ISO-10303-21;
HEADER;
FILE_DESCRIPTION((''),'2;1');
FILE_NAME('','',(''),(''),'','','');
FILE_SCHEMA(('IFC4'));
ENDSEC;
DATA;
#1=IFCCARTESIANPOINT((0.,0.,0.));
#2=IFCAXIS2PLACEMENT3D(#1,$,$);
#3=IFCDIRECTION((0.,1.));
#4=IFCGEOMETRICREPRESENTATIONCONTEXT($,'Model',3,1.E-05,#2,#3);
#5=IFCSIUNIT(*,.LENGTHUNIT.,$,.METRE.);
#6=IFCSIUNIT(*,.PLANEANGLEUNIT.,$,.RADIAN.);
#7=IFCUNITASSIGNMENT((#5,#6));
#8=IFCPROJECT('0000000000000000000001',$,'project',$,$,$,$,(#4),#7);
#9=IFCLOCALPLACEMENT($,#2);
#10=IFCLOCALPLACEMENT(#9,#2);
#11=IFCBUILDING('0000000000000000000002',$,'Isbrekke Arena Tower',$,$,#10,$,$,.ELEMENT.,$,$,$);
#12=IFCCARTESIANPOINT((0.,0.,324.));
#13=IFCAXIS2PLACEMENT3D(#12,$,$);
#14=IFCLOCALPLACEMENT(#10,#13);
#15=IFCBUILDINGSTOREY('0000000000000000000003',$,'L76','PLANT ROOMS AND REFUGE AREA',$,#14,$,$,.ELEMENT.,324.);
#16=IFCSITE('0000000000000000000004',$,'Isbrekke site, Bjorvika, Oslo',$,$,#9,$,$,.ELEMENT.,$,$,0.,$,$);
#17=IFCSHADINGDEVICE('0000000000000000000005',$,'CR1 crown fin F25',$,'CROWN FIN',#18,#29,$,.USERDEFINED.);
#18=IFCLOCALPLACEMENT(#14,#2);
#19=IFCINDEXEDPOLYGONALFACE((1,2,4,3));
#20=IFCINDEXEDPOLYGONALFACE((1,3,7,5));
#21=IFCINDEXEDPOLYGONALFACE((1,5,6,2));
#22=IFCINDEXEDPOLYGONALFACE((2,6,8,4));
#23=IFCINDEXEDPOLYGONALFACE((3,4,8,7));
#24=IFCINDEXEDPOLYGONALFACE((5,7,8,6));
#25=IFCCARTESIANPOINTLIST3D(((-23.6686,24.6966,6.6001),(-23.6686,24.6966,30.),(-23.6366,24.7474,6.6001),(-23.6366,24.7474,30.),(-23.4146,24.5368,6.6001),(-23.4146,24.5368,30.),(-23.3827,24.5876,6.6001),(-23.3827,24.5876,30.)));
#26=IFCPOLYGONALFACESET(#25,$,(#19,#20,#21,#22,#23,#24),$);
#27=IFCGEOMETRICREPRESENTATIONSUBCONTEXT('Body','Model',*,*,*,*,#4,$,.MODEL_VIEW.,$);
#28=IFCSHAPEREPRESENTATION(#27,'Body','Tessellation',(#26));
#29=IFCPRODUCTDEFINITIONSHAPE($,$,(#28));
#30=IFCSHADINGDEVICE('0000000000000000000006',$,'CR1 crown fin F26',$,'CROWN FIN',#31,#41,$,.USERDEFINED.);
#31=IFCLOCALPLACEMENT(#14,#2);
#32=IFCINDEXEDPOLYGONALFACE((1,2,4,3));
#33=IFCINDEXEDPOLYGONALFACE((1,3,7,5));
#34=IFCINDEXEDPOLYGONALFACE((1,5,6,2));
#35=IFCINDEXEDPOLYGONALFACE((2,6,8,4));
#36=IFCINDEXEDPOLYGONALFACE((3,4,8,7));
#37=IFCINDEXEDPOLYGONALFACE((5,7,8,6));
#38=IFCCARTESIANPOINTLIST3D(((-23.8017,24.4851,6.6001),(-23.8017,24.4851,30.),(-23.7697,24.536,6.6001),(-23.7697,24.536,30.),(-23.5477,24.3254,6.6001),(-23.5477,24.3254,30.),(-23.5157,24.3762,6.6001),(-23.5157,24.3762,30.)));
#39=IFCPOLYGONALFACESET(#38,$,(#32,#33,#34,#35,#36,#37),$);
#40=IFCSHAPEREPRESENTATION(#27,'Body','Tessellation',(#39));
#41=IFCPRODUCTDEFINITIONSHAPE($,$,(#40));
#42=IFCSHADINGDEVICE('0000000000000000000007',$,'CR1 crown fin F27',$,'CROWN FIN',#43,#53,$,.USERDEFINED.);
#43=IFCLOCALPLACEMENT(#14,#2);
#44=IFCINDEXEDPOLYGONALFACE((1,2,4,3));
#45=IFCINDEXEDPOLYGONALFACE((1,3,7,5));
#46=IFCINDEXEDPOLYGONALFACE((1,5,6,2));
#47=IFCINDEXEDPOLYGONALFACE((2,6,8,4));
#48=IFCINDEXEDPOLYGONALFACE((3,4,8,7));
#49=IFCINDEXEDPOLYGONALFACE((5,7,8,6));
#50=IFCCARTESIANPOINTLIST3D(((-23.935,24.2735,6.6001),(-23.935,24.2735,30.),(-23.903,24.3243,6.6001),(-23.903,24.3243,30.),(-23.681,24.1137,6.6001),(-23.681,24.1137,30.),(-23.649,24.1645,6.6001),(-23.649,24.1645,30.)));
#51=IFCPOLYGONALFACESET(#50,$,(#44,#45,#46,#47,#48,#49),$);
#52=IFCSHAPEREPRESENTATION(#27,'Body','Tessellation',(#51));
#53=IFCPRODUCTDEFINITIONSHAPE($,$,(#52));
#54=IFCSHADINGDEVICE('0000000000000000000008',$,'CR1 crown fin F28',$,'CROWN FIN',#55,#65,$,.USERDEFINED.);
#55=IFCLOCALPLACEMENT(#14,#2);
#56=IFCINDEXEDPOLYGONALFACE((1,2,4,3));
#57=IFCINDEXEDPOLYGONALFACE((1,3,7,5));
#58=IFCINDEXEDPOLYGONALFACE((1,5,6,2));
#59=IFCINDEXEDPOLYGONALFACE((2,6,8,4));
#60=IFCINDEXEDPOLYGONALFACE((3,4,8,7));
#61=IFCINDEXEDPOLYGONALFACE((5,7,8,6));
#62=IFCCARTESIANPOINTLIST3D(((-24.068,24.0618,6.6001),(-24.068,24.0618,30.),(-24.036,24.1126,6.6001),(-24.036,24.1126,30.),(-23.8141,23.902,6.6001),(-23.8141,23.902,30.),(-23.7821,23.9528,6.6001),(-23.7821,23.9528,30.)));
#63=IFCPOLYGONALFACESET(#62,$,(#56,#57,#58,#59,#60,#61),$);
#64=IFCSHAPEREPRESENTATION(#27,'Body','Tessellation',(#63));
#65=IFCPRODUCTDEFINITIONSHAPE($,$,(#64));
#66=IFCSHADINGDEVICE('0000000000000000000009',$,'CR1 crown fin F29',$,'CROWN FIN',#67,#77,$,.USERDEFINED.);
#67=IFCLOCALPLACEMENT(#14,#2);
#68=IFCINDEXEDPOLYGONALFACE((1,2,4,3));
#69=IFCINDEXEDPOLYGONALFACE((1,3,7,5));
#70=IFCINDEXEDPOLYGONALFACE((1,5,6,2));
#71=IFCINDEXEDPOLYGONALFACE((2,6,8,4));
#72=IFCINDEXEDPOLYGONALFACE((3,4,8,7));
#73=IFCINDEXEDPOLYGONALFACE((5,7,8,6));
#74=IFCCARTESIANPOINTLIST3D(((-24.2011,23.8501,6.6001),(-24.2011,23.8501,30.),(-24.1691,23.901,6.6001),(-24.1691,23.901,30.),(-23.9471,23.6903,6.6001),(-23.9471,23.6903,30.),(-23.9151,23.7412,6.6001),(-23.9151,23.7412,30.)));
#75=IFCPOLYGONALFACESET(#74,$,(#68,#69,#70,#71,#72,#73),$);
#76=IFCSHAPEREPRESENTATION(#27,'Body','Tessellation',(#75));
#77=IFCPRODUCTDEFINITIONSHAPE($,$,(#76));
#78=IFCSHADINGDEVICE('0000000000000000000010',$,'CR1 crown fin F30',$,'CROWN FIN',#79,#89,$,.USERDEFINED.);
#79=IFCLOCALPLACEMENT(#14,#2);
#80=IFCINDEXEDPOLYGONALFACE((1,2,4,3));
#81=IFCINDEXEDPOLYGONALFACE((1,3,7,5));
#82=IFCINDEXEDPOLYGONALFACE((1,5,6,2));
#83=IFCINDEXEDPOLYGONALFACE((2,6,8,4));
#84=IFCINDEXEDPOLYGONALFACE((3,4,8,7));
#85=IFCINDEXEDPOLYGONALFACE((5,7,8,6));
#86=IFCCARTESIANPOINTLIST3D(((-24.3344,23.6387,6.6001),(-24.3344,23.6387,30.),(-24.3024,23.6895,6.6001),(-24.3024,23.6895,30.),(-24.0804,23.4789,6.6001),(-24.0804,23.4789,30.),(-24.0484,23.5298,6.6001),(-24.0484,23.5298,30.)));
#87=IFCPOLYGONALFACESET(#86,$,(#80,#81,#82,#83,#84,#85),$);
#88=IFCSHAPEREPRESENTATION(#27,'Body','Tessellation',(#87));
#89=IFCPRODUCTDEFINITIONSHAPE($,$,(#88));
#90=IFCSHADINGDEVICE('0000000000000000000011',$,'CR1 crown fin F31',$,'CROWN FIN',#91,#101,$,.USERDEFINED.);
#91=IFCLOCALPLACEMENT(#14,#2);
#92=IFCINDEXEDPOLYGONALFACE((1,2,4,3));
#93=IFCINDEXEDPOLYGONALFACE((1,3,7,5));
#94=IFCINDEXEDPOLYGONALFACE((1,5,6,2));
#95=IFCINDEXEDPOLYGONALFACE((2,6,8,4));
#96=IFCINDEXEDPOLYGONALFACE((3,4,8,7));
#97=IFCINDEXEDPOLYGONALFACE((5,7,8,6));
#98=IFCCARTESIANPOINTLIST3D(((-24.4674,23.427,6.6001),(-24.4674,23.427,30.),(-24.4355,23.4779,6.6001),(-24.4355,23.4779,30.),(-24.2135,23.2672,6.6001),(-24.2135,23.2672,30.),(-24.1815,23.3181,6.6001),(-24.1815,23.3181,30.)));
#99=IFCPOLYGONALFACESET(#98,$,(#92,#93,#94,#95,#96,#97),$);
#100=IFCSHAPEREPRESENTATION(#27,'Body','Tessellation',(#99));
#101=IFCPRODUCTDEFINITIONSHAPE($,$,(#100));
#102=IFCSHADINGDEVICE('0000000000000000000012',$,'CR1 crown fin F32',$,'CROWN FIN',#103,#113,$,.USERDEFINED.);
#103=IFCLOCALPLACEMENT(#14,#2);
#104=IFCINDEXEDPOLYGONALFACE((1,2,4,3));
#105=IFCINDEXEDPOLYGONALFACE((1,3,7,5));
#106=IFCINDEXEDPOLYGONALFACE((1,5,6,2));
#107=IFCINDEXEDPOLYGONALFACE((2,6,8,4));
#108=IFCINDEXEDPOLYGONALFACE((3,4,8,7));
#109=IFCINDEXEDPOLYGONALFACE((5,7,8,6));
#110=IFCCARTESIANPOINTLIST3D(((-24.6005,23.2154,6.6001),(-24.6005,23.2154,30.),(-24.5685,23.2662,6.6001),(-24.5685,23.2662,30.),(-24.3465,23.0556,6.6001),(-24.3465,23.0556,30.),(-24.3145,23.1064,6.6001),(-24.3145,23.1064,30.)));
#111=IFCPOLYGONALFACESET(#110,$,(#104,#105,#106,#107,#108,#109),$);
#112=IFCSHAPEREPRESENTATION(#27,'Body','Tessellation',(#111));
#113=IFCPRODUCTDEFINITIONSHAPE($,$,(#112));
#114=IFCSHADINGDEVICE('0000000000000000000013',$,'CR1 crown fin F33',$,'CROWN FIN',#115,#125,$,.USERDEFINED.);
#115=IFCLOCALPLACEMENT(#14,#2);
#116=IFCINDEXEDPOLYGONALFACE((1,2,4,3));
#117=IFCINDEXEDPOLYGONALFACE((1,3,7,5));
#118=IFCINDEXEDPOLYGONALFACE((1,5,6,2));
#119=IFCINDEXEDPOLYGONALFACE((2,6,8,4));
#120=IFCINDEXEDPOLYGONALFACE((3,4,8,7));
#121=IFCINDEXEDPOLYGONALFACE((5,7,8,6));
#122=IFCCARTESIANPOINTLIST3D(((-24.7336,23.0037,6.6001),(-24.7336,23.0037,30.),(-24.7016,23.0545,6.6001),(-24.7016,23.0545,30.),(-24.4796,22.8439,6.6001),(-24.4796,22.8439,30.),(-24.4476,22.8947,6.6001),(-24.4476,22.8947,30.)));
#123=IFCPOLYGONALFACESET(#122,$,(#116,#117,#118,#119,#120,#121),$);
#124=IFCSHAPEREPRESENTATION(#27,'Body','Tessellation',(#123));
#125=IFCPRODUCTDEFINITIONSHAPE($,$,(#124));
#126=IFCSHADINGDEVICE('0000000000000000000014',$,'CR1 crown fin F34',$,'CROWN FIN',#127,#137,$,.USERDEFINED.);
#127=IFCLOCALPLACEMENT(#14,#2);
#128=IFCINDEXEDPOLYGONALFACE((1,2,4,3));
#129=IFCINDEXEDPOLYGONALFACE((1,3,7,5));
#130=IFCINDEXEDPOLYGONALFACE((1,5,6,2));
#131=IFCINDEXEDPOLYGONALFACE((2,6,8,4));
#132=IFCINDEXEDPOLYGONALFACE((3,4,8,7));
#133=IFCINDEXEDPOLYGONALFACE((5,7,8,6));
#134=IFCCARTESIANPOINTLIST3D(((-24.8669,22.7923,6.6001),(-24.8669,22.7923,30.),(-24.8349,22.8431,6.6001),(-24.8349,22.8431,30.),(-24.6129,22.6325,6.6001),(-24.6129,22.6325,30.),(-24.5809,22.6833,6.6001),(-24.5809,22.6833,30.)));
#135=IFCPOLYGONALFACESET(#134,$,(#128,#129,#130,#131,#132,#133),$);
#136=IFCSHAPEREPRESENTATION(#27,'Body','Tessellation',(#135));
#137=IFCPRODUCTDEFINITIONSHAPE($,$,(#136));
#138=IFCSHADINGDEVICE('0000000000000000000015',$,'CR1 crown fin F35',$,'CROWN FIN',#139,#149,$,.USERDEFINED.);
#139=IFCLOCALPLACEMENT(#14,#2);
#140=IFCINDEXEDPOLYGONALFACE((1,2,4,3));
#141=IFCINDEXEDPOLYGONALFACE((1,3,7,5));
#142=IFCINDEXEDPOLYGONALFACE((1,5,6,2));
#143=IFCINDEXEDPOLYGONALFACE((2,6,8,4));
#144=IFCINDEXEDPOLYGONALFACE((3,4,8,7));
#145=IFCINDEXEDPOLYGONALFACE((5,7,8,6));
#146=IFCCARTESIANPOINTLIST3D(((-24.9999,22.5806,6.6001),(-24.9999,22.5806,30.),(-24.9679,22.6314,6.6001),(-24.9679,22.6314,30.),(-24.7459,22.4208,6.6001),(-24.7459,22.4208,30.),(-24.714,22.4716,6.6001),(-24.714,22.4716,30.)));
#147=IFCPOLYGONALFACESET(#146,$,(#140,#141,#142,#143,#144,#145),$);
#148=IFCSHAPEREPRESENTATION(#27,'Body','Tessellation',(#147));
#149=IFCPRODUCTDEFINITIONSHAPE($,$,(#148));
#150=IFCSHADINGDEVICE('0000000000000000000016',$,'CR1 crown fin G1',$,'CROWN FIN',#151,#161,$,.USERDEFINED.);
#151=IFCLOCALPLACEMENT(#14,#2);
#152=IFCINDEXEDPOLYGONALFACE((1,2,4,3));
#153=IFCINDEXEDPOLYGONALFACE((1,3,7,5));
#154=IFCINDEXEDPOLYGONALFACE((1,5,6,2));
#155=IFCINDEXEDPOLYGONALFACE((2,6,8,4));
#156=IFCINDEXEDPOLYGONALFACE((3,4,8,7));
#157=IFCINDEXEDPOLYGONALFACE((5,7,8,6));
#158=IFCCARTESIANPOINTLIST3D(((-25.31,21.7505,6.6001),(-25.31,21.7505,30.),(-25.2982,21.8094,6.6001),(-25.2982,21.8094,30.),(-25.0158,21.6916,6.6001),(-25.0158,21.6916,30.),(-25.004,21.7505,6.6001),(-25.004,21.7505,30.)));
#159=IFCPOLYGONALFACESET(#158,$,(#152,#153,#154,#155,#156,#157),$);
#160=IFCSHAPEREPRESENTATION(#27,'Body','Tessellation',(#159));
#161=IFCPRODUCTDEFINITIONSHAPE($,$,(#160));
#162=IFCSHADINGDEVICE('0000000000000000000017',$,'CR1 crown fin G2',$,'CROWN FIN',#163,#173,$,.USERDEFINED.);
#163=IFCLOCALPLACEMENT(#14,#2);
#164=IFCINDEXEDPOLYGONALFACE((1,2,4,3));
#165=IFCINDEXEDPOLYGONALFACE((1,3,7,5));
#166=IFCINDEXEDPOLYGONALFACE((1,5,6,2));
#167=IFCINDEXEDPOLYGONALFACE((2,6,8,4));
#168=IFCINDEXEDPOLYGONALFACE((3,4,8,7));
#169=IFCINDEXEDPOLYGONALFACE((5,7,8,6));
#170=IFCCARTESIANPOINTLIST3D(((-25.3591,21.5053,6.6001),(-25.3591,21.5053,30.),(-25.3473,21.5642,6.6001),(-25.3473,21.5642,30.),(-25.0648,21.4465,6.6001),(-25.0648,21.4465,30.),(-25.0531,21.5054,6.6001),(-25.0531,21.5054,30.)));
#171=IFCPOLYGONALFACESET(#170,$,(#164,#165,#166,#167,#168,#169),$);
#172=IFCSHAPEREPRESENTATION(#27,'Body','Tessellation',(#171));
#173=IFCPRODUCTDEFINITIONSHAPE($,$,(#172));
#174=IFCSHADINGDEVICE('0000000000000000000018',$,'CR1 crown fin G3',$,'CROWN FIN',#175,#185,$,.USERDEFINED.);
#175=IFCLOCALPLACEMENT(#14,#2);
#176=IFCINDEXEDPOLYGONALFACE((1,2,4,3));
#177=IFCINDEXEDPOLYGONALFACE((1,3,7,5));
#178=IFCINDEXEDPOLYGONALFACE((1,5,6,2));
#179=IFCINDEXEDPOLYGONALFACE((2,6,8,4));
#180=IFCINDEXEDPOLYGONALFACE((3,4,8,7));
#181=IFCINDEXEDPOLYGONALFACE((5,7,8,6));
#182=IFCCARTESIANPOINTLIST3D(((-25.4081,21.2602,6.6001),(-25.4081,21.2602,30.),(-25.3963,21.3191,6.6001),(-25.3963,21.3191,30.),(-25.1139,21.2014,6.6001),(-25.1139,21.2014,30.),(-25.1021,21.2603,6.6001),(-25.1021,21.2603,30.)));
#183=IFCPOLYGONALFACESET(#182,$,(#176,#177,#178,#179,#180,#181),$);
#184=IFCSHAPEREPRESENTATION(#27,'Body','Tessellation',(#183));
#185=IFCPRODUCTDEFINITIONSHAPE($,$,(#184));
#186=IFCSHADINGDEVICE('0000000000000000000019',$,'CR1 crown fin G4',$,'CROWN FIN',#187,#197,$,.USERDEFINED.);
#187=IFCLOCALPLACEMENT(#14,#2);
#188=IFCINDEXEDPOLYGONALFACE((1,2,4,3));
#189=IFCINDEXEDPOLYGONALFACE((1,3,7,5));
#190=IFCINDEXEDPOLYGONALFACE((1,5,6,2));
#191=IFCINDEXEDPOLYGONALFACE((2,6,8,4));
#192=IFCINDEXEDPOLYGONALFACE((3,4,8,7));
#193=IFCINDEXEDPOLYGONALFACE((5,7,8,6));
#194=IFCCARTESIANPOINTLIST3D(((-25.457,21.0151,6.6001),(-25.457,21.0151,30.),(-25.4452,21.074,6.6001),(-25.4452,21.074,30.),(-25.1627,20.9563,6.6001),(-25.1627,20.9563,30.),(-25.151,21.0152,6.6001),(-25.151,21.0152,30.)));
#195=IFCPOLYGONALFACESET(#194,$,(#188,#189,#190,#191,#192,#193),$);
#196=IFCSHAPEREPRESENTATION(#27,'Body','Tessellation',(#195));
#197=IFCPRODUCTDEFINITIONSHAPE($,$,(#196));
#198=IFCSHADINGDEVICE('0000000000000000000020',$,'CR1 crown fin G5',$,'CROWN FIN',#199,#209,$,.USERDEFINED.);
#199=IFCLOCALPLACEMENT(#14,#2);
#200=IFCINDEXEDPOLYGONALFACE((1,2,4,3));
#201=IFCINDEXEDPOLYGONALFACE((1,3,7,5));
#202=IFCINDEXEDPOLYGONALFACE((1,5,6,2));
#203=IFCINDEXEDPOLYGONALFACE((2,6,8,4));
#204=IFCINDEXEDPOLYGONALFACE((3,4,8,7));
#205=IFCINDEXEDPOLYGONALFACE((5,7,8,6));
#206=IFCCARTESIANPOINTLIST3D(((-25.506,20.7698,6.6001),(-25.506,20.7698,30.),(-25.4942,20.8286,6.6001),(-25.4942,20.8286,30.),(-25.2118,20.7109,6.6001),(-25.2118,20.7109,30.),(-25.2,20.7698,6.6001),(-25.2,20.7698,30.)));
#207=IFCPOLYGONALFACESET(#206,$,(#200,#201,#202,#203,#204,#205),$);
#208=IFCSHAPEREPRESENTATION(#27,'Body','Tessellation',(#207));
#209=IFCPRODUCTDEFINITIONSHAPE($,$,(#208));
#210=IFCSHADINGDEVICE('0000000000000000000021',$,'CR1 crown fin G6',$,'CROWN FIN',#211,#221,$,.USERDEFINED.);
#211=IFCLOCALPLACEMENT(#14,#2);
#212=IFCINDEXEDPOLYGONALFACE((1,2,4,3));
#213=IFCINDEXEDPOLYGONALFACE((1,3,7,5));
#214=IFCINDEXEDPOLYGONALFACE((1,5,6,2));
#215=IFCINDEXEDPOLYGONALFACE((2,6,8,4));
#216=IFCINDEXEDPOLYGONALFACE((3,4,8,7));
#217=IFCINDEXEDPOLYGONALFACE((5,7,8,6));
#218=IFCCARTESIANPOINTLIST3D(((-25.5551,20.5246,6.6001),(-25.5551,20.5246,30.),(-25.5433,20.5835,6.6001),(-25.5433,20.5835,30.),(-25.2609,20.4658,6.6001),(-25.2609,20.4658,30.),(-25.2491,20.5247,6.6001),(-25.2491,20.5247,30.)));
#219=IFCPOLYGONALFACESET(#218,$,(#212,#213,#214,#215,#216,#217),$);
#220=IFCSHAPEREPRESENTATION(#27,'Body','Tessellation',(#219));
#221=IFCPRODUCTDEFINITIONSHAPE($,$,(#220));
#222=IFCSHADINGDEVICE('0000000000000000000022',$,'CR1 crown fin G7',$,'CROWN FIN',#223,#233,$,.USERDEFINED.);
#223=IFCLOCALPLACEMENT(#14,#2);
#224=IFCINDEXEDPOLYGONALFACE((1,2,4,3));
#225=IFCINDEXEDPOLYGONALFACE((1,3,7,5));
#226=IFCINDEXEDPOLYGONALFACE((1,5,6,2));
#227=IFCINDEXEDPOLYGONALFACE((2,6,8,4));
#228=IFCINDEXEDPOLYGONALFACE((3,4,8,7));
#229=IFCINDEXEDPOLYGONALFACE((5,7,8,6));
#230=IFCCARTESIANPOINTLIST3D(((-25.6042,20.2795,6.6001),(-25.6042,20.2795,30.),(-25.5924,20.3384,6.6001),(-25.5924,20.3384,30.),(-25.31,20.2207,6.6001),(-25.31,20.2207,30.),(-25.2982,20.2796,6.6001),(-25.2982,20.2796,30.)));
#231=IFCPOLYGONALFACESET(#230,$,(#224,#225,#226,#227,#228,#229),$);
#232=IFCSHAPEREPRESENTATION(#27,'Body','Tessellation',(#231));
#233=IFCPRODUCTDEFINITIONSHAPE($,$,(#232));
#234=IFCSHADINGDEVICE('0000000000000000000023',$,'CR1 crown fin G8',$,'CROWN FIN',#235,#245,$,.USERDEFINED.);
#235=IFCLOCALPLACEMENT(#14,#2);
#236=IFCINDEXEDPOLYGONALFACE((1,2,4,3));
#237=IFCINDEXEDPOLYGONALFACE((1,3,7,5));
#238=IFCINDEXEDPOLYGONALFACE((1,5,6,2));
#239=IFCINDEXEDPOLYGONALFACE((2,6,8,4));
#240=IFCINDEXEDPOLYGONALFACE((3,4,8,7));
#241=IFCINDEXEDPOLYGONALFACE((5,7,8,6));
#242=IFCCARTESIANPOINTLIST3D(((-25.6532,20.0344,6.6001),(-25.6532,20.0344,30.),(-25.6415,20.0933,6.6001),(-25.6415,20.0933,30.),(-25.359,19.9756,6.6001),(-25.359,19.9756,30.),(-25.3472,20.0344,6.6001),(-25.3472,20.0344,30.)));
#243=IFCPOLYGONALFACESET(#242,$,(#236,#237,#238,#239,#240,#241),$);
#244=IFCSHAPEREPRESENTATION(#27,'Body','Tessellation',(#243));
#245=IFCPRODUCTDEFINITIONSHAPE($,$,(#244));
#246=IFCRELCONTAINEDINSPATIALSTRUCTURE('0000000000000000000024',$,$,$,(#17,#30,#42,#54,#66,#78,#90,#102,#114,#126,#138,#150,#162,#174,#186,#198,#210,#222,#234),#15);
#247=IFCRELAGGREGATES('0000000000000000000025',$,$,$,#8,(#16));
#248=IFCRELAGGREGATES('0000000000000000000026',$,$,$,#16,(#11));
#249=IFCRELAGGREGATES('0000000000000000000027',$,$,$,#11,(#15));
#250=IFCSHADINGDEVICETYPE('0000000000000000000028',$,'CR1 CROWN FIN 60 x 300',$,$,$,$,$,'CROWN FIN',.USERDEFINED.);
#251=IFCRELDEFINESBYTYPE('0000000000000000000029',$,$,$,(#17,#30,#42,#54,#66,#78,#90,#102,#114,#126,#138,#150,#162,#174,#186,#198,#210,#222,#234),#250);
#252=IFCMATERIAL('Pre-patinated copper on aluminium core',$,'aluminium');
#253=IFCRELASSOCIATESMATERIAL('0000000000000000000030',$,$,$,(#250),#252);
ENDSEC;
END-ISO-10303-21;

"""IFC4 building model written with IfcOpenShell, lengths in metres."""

from ifc_helpers import new_model, si_unit, direction, frame, origin, origin_2d, place, context, subcontext, project, spatial, rectangle, extrude, material, material_profile, profile_set, type_object, element, save


model = new_model("IFC4")

# Units and contexts
model_context = context("Model", 3, precision=1e-05, world=origin(), true_north=direction((0.0, 1.0)))
body_context = subcontext(model_context, "Body", "Model", "MODEL_VIEW")
ifc_project = project(units=[si_unit("LENGTHUNIT", "METRE"), si_unit("PLANEANGLEUNIT", "RADIAN")], contexts=[model_context])

# Site, building, storey
site_placement = place(None, origin())
site = spatial("IfcSite", under=ifc_project, at=site_placement, Name="Isbrekke site, Bjorvika, Oslo", CompositionType="ELEMENT", RefElevation=0.0)
building_placement = place(site_placement, origin())
building = spatial("IfcBuilding", under=site, at=building_placement, Name="Isbrekke Arena Tower", CompositionType="ELEMENT")
storey_placement = place(building_placement, frame((0.0, 0.0, 324.0)))
storey = spatial("IfcBuildingStorey", under=building, at=storey_placement, Name="L76", Description="PLANT ROOMS AND REFUGE AREA", CompositionType="ELEMENT", Elevation=324.0)

# Shading devices
ifc_material_1 = material(Name="Pre-patinated copper on aluminium core", Category="aluminium")
ifc_material_profile_1 = material_profile(ifc_material_1, rectangle(XDim=0.0601, YDim=0.3, at=origin_2d()), Name="FIN 60X300")
ifc_profile_set_1 = profile_set([ifc_material_profile_1], Name="Pre-patinated copper on aluminium core")
shading_device_type = type_object("IfcShadingDeviceType", Name="CR1 CROWN FIN 60 x 300", ElementType="CROWN FIN", PredefinedType="USERDEFINED", material=ifc_profile_set_1)
for number, where, z_axis, x_axis, name in (
    (1, (-23.5256, 24.6421, 6.6001), (0.0, 0.0, 1.0), (-0.532529, -0.846412, 0.0), "CR1 crown fin F25"),
    (2, (-23.6587, 24.4307, 6.6001), (0.0, 0.0, 1.0), (-0.532529, -0.846412, 0.0), "CR1 crown fin F26"),
    (3, (-23.792, 24.219, 6.6001), (0.0, 0.0, 1.0), (-0.532529, -0.846412, 0.0), "CR1 crown fin F27"),
    (4, (-23.925, 24.0073, 6.6001), (0.0, 0.0, 1.0), (-0.532529, -0.846412, 0.0), "CR1 crown fin F28"),
    (5, (-24.0581, 23.7957, 6.6001), (0.0, 0.0, 1.0), (-0.532529, -0.846412, 0.0), "CR1 crown fin F29"),
    (6, (-24.1914, 23.5842, 6.6001), (0.0, 0.0, 1.0), (-0.532529, -0.846412, 0.0), "CR1 crown fin F30"),
    (7, (-24.3245, 23.3726, 6.6001), (0.0, 0.0, 1.0), (-0.532529, -0.846412, 0.0), "CR1 crown fin F31"),
    (8, (-24.4575, 23.1609, 6.6001), (0.0, 0.0, 1.0), (-0.532529, -0.846412, 0.0), "CR1 crown fin F32"),
    (9, (-24.5906, 22.9492, 6.6001), (0.0, 0.0, 1.0), (-0.532529, -0.846412, 0.0), "CR1 crown fin F33"),
    (10, (-24.7239, 22.7378, 6.6001), (0.0, 0.0, 1.0), (-0.532529, -0.846412, 0.0), "CR1 crown fin F34"),
    (11, (-24.8569, 22.5261, 6.6001), (0.0, 0.0, 1.0), (-0.532529, -0.846412, 0.0), "CR1 crown fin F35"),
    (12, (-25.157, 21.7505, 6.6001), (0.0, 0.0, 1.0), (-0.196116, -0.980581, 0.0), "CR1 crown fin G1"),
    (13, (-25.2061, 21.5054, 6.6001), (0.0, 0.0, 1.0), (-0.196116, -0.980581, 0.0), "CR1 crown fin G2"),
    (14, (-25.2551, 21.2603, 6.6001), (0.0, 0.0, 1.0), (-0.196116, -0.980581, 0.0), "CR1 crown fin G3"),
    (15, (-25.304, 21.0151, 6.6001), (0.0, 0.0, 1.0), (-0.196116, -0.980581, 0.0), "CR1 crown fin G4"),
    (16, (-25.353, 20.7698, 6.6001), (0.0, 0.0, 1.0), (-0.196116, -0.980581, 0.0), "CR1 crown fin G5"),
    (17, (-25.4021, 20.5247, 6.6001), (0.0, 0.0, 1.0), (-0.196116, -0.980581, 0.0), "CR1 crown fin G6"),
    (18, (-25.4512, 20.2795, 6.6001), (0.0, 0.0, 1.0), (-0.196116, -0.980581, 0.0), "CR1 crown fin G7"),
    (19, (-25.5002, 20.0344, 6.6001), (0.0, 0.0, 1.0), (-0.196116, -0.980581, 0.0), "CR1 crown fin G8"),
):
    element("IfcShadingDevice", number, at=place(storey_placement, frame(where, z_axis=z_axis, x_axis=x_axis)), inside=storey, type_object=shading_device_type, Name=name, ObjectType="CROWN FIN", PredefinedType="USERDEFINED", context=body_context, shape_type="SweptSolid", body=[
        extrude(rectangle(XDim=0.0601, YDim=0.3, at=origin_2d()), origin(), (0.0, 0.0, 1.0), 23.3999),
    ])

save(model, "model.ifc")
